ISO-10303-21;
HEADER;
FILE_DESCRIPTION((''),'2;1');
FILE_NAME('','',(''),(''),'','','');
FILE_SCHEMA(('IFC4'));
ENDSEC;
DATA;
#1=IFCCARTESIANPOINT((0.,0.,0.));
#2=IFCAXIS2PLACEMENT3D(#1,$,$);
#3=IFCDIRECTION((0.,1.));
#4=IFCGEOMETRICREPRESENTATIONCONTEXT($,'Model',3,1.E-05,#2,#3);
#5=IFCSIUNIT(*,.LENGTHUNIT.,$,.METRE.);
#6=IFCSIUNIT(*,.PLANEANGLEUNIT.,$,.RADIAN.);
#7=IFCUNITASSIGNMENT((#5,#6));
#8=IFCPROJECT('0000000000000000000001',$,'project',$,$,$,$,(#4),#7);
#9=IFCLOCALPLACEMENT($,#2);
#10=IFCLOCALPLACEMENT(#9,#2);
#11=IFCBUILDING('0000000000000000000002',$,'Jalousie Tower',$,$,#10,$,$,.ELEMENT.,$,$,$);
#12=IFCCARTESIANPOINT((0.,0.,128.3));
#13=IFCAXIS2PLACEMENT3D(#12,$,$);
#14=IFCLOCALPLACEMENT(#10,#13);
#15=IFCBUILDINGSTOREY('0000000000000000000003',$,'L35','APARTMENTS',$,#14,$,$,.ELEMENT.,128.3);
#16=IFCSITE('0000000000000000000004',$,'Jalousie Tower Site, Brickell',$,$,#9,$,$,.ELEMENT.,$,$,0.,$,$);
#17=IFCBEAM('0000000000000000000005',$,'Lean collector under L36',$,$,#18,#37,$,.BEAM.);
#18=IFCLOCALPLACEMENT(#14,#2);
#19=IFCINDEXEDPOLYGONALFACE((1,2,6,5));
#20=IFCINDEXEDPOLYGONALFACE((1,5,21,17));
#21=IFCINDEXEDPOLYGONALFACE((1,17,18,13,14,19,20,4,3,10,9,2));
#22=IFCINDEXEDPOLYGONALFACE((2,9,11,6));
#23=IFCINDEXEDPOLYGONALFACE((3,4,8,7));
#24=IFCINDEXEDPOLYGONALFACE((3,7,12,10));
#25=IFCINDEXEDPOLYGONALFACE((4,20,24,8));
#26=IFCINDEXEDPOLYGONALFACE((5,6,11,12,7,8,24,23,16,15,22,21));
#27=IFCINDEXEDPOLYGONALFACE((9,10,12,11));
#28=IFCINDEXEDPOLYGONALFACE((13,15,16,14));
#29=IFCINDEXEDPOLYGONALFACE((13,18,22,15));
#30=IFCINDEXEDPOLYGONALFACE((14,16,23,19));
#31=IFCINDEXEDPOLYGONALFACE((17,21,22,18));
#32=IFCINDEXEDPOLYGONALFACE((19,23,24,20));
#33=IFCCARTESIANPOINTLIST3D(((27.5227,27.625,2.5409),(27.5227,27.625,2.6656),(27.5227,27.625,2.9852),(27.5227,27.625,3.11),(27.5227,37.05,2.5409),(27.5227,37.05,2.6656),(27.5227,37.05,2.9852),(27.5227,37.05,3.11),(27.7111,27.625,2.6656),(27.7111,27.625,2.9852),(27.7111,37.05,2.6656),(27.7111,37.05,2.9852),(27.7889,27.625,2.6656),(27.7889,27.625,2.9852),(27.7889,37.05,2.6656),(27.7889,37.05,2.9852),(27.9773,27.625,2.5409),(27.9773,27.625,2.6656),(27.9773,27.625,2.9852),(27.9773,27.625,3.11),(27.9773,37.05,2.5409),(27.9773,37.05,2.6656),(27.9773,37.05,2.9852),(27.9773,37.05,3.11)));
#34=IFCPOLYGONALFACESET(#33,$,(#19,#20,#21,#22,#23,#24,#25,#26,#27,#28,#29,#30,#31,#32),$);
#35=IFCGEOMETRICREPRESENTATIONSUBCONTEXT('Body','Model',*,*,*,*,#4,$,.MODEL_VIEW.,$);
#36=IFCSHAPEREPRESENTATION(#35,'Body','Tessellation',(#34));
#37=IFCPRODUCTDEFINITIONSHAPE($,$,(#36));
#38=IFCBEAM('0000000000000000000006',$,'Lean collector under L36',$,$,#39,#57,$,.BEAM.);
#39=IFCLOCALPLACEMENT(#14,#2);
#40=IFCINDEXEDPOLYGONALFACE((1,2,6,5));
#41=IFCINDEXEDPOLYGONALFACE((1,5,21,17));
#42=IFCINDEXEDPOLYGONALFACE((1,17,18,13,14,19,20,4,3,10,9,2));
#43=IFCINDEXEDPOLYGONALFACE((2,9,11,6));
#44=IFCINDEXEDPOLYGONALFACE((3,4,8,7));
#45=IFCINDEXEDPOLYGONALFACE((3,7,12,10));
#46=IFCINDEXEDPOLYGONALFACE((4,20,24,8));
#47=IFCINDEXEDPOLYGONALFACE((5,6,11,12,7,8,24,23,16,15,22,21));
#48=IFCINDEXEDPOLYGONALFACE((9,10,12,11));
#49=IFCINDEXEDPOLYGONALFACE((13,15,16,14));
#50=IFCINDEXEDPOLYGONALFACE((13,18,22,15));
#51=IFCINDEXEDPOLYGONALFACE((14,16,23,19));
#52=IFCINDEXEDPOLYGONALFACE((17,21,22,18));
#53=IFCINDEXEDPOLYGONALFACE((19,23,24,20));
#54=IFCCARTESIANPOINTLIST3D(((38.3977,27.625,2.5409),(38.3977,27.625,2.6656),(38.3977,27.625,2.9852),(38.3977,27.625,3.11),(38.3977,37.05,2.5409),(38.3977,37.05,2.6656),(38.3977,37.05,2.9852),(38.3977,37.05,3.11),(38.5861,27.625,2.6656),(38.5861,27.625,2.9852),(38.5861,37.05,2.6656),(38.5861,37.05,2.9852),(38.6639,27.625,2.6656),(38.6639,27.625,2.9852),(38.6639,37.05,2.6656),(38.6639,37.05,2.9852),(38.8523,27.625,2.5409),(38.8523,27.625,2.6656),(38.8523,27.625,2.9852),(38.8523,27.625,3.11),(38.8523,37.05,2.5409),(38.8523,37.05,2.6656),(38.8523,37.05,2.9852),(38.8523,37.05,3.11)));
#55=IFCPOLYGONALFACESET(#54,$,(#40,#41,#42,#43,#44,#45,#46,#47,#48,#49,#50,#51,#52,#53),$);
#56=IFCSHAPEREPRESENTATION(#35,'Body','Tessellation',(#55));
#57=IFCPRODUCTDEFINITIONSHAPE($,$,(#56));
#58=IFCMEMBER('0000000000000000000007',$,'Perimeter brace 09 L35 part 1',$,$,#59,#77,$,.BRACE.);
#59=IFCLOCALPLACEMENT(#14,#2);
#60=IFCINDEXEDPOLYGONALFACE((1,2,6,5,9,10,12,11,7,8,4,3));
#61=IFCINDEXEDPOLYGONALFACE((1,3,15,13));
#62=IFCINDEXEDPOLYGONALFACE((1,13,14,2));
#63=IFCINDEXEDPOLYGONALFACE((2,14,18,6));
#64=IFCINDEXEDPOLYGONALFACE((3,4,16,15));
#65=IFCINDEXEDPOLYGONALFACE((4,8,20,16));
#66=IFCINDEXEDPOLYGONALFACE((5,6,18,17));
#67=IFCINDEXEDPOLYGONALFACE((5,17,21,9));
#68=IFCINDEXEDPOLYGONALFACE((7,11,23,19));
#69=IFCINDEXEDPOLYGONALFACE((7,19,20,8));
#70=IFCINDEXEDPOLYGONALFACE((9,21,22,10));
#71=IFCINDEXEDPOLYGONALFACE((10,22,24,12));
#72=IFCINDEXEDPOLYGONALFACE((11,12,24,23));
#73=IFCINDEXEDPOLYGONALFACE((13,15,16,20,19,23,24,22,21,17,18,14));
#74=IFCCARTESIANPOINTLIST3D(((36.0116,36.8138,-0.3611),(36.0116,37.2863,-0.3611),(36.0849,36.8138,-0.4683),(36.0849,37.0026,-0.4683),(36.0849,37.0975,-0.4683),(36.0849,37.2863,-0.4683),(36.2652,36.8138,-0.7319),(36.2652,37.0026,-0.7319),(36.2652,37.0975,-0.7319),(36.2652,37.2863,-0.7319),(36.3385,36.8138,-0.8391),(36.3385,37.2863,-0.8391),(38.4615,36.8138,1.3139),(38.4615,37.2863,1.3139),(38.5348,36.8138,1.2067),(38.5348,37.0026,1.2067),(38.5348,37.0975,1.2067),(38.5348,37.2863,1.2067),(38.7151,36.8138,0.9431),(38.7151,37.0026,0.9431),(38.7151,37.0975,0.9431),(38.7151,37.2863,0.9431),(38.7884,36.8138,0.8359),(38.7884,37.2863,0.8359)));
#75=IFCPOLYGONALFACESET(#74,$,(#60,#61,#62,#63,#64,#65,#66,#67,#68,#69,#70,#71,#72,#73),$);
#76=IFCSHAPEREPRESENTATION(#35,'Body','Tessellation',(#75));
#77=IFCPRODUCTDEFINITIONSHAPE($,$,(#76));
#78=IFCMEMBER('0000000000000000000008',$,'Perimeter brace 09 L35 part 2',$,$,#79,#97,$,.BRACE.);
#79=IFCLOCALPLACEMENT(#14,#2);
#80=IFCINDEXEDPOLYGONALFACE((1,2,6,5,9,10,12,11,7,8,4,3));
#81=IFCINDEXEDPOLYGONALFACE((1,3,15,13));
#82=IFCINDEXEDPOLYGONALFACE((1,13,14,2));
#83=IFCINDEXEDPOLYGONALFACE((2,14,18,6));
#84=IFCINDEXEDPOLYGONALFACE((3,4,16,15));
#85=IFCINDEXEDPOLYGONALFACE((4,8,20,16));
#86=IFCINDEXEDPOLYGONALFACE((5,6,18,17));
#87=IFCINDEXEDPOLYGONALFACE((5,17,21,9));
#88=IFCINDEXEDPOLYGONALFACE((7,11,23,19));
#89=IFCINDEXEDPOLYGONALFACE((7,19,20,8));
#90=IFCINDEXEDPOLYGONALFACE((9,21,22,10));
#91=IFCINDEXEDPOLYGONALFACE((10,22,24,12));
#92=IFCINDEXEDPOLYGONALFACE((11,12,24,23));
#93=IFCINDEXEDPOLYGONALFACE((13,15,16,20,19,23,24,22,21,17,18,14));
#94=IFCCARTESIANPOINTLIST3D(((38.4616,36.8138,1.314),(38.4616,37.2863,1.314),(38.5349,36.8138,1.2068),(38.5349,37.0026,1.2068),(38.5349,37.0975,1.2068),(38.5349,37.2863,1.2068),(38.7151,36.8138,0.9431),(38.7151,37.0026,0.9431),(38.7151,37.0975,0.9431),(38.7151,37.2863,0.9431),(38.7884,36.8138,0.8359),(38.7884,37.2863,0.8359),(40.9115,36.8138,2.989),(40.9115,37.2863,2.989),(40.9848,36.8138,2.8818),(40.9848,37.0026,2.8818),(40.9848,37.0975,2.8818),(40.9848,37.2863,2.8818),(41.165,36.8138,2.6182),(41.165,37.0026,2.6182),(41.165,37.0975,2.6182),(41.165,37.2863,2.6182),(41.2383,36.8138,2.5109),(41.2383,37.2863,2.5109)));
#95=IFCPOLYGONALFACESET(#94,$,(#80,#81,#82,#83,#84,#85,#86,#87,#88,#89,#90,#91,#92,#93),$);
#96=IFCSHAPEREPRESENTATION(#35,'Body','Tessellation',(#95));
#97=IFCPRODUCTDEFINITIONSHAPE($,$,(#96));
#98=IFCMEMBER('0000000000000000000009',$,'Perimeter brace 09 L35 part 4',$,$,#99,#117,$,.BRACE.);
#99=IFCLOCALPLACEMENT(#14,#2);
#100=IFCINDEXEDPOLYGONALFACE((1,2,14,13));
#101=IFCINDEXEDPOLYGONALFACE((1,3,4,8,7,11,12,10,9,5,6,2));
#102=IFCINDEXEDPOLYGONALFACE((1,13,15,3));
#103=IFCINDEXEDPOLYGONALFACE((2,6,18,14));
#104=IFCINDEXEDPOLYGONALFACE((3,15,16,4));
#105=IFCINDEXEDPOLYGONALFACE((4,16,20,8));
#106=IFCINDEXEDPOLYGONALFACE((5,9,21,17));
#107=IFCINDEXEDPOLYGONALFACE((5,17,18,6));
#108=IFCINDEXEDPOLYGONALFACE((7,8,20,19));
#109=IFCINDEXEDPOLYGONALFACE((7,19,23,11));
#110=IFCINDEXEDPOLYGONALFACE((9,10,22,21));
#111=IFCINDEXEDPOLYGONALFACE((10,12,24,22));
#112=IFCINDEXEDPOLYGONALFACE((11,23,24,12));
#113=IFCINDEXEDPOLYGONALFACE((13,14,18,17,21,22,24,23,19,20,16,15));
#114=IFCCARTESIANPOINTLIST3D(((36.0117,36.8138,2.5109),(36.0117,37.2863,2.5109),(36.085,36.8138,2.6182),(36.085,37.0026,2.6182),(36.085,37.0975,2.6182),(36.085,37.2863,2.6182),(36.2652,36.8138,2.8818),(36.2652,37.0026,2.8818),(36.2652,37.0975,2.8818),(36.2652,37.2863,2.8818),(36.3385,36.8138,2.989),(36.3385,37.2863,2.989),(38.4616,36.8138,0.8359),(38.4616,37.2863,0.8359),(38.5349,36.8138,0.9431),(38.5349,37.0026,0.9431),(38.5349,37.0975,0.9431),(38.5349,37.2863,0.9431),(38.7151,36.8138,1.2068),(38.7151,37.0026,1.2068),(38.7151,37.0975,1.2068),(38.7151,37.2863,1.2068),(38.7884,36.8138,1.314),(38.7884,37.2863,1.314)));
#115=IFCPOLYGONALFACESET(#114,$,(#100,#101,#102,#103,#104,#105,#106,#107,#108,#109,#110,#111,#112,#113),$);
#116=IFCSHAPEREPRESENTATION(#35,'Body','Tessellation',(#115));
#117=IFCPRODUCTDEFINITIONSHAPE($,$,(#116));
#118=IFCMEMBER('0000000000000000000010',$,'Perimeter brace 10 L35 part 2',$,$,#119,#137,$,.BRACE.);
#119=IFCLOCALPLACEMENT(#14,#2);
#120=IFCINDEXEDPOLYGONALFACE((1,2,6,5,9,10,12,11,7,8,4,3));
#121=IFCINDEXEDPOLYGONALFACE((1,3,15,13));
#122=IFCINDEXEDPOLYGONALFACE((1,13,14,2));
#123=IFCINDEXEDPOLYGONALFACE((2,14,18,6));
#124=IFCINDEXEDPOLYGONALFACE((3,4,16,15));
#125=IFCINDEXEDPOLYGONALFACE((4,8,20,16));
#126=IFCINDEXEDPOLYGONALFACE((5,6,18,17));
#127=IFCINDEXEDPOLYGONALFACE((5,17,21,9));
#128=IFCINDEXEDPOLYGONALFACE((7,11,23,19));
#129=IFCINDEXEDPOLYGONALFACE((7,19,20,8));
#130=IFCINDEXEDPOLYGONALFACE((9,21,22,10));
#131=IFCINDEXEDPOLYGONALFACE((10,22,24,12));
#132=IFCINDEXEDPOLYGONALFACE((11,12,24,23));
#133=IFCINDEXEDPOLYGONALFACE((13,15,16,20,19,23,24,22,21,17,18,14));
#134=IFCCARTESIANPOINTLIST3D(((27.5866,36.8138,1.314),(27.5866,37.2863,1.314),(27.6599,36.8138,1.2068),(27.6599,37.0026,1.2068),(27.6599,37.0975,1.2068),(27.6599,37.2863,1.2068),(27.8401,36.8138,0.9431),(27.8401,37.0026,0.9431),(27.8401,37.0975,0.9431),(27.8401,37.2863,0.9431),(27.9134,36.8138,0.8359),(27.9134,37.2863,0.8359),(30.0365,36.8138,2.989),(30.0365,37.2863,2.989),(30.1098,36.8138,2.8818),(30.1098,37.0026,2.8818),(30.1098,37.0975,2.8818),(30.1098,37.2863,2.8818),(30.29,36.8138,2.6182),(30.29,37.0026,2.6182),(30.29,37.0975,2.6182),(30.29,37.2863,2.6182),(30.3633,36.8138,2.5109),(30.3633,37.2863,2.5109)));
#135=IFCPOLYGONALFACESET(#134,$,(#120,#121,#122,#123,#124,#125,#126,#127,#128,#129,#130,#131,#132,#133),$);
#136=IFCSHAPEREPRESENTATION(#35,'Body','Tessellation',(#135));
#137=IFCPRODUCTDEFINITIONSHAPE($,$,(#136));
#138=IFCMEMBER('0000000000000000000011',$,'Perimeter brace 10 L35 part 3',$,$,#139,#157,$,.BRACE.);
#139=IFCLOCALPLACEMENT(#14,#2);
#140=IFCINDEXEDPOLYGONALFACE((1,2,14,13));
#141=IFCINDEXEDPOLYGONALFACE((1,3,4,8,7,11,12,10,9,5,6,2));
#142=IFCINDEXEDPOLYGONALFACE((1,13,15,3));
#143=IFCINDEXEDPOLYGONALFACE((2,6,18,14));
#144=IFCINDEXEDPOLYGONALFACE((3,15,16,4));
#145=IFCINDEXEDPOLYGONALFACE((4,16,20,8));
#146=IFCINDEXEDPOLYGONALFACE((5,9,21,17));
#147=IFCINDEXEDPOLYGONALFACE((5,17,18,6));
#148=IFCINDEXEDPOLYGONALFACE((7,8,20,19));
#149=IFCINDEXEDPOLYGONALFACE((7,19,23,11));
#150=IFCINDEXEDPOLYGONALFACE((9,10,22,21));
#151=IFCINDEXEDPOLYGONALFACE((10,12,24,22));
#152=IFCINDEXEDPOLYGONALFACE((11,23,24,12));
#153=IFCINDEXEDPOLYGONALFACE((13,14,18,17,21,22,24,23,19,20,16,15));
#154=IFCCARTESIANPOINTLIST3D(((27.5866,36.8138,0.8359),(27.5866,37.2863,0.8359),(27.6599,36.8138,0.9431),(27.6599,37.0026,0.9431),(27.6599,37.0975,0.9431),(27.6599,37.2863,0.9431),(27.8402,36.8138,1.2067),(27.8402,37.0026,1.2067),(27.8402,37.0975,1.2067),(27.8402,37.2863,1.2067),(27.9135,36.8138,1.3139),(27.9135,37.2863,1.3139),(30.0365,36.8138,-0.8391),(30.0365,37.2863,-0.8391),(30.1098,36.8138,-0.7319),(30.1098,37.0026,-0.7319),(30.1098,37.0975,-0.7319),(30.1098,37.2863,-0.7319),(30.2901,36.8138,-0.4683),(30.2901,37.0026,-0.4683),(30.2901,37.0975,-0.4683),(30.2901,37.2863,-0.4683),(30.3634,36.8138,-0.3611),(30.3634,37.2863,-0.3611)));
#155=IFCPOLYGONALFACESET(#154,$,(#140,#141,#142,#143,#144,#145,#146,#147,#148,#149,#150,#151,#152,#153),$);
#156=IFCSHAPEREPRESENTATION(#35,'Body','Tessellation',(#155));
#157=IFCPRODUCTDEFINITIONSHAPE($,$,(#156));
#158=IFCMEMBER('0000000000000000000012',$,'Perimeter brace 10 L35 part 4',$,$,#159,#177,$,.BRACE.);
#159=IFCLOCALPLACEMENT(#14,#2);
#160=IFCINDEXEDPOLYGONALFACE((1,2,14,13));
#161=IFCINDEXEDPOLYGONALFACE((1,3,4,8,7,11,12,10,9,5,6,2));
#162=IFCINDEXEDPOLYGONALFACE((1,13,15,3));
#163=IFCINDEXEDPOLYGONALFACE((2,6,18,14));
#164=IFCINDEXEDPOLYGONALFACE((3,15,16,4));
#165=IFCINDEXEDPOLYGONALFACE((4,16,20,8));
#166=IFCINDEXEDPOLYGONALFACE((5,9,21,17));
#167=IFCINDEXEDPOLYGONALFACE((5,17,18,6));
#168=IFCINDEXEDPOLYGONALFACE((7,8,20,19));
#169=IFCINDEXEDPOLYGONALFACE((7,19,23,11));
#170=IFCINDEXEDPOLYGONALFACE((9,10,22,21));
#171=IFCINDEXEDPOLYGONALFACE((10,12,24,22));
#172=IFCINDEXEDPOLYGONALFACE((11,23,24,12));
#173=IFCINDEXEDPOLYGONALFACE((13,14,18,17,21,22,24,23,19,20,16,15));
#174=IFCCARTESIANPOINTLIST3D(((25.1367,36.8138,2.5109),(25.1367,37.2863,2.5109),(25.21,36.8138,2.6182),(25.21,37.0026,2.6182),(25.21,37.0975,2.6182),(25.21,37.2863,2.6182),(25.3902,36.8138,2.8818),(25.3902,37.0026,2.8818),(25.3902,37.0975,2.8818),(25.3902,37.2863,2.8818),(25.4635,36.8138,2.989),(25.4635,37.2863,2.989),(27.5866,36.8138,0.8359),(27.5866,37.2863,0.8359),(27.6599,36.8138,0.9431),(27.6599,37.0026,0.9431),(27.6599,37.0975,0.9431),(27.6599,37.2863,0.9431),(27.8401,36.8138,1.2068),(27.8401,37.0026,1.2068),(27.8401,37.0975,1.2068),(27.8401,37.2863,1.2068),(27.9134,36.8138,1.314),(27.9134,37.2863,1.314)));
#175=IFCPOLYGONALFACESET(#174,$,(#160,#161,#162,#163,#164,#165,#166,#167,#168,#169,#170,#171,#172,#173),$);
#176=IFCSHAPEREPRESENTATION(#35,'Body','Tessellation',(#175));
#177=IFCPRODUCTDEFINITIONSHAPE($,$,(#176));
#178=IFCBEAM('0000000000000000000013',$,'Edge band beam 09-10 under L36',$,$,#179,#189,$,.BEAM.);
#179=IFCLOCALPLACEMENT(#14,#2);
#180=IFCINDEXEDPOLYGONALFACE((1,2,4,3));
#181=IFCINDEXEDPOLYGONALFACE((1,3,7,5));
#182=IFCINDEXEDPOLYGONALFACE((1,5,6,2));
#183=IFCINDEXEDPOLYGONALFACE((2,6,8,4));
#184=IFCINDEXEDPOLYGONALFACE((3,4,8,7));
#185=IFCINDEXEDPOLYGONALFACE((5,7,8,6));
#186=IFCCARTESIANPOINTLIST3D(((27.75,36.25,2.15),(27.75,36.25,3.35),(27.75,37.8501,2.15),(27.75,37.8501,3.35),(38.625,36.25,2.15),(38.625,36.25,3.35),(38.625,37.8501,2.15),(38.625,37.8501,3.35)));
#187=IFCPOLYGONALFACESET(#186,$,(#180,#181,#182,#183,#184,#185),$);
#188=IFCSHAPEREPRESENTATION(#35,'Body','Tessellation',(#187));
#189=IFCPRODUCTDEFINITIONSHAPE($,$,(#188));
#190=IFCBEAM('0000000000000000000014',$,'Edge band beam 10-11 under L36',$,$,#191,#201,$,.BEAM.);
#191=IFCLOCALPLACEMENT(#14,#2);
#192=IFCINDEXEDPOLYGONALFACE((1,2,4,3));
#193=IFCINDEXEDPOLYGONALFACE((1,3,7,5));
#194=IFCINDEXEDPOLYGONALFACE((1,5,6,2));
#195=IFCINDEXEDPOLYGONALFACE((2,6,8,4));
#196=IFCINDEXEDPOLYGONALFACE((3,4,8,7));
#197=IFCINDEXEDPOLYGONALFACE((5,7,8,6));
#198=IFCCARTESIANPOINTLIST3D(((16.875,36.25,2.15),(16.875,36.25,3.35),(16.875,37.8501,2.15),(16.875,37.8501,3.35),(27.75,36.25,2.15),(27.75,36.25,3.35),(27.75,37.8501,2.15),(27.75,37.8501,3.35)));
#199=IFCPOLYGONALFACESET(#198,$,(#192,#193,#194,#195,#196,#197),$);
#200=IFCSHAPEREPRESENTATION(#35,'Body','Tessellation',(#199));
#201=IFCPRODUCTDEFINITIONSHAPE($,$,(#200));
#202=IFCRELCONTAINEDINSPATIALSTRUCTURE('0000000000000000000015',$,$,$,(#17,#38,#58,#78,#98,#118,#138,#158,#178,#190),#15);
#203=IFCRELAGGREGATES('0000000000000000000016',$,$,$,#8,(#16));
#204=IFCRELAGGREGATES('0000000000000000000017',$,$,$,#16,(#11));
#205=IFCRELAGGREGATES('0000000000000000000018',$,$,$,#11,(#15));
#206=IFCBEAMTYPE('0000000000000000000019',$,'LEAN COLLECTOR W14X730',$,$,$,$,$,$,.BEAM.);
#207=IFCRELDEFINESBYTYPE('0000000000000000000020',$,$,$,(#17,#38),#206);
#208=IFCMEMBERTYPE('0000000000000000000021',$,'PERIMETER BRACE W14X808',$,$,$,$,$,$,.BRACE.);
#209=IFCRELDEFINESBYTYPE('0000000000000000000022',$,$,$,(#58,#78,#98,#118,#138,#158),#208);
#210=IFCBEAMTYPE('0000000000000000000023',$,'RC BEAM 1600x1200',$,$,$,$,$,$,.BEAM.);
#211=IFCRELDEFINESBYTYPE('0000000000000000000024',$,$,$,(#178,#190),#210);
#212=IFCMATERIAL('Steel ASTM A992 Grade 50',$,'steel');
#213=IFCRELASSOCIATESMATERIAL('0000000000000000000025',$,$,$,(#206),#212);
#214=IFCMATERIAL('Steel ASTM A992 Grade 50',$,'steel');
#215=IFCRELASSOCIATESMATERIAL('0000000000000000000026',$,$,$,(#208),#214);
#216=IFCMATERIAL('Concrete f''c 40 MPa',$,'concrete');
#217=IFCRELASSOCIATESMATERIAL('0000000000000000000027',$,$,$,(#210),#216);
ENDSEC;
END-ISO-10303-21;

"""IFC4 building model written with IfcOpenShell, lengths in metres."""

from ifc_helpers import new_model, si_unit, direction, frame, origin, origin_2d, place, context, subcontext, project, spatial, rectangle, i_section, extrude, material, material_profile, profile_set, type_object, element, save


model = new_model("IFC4")

# Units and contexts
model_context = context("Model", 3, precision=1e-05, world=origin(), true_north=direction((0.0, 1.0)))
body_context = subcontext(model_context, "Body", "Model", "MODEL_VIEW")
ifc_project = project(units=[si_unit("LENGTHUNIT", "METRE"), si_unit("PLANEANGLEUNIT", "RADIAN")], contexts=[model_context])

# Site, building, storey
site_placement = place(None, origin())
site = spatial("IfcSite", under=ifc_project, at=site_placement, Name="Jalousie Tower Site, Brickell", CompositionType="ELEMENT", RefElevation=0.0)
building_placement = place(site_placement, origin())
building = spatial("IfcBuilding", under=site, at=building_placement, Name="Jalousie Tower", CompositionType="ELEMENT")
storey_placement = place(building_placement, frame((0.0, 0.0, 128.3)))
storey = spatial("IfcBuildingStorey", under=building, at=storey_placement, Name="L35", Description="APARTMENTS", CompositionType="ELEMENT", Elevation=128.3)

# Beams
ifc_material_1 = material(Name="Steel ASTM A992 Grade 50", Category="steel")
ifc_material_profile_1 = material_profile(ifc_material_1, i_section(OverallWidth=0.4546, OverallDepth=0.5691, WebThickness=0.0779, FlangeThickness=0.1248, at=origin_2d()), Name="W14X730")
ifc_profile_set_1 = profile_set([ifc_material_profile_1], Name="Steel ASTM A992 Grade 50")
beam_type_1 = type_object("IfcBeamType", Name="LEAN COLLECTOR W14X730", PredefinedType="BEAM", material=ifc_profile_set_1)
for number, where, z_axis, x_axis, name in (
    (1, (27.75, 37.05, 2.8254), (0.0, -1.0, 0.0), (1.0, 0.0, 0.0), "Lean collector under L36"),
    (2, (38.625, 37.05, 2.8254), (0.0, -1.0, 0.0), (1.0, 0.0, 0.0), "Lean collector under L36"),
):
    element("IfcBeam", number, at=place(storey_placement, frame(where, z_axis=z_axis, x_axis=x_axis)), inside=storey, type_object=beam_type_1, Name=name, PredefinedType="BEAM", context=body_context, shape_type="SweptSolid", body=[
        extrude(i_section(OverallWidth=0.4546, OverallDepth=0.5691, WebThickness=0.0779, FlangeThickness=0.1248, at=origin_2d()), origin(), (0.0, 0.0, 1.0), 9.425),
    ])

# Members
ifc_material_2 = material(Name="Steel ASTM A992 Grade 50", Category="steel")
ifc_material_profile_2 = material_profile(ifc_material_2, i_section(OverallWidth=0.4724, OverallDepth=0.5791, WebThickness=0.095, FlangeThickness=0.1299, at=origin_2d()), Name="W14X808")
ifc_profile_set_2 = profile_set([ifc_material_profile_2], Name="Steel ASTM A992 Grade 50")
member_type_1 = type_object("IfcMemberType", Name="PERIMETER BRACE W14X808", PredefinedType="BRACE", material=ifc_profile_set_2)
for number, where, z_axis, x_axis, name in (
    (3, (36.175, 37.05, -0.6001), (0.825501, 0.0, 0.564401), (0.0, 1.0, 0.0), "Perimeter brace 09 L35 part 1"),
    (4, (38.625, 37.05, 1.075), (0.825501, 0.0, 0.564401), (0.0, 1.0, 0.0), "Perimeter brace 09 L35 part 2"),
    (5, (38.625, 37.05, 1.075), (-0.825501, 0.0, 0.564401), (0.0, -1.0, 0.0), "Perimeter brace 09 L35 part 4"),
    (6, (27.75, 37.05, 1.075), (0.825501, 0.0, 0.564401), (0.0, 1.0, 0.0), "Perimeter brace 10 L35 part 2"),
    (7, (30.2, 37.05, -0.6001), (-0.825501, 0.0, 0.564401), (0.0, -1.0, 0.0), "Perimeter brace 10 L35 part 3"),
    (8, (27.75, 37.05, 1.075), (-0.825501, 0.0, 0.564401), (0.0, -1.0, 0.0), "Perimeter brace 10 L35 part 4"),
):
    element("IfcMember", number, at=place(storey_placement, frame(where, z_axis=z_axis, x_axis=x_axis)), inside=storey, type_object=member_type_1, Name=name, PredefinedType="BRACE", context=body_context, shape_type="SweptSolid", body=[
        extrude(i_section(OverallWidth=0.4724, OverallDepth=0.5791, WebThickness=0.095, FlangeThickness=0.1299, at=origin_2d()), origin(), (0.0, 0.0, 1.0), 2.9678),
    ])

# Beams
ifc_material_3 = material(Name="Concrete f'c 40 MPa", Category="concrete")
ifc_material_profile_3 = material_profile(ifc_material_3, rectangle(XDim=1.6001, YDim=1.2, at=origin_2d()), Name="RC 1600x1200")
ifc_profile_set_3 = profile_set([ifc_material_profile_3], Name="Concrete f'c 40 MPa")
beam_type_2 = type_object("IfcBeamType", Name="RC BEAM 1600x1200", PredefinedType="BEAM", material=ifc_profile_set_3)
for number, where, z_axis, x_axis, name in (
    (9, (38.625, 37.05, 2.75), (-1.0, 0.0, 0.0), (0.0, -1.0, 0.0), "Edge band beam 09-10 under L36"),
    (10, (27.75, 37.05, 2.75), (-1.0, 0.0, 0.0), (0.0, -1.0, 0.0), "Edge band beam 10-11 under L36"),
):
    element("IfcBeam", number, at=place(storey_placement, frame(where, z_axis=z_axis, x_axis=x_axis)), inside=storey, type_object=beam_type_2, Name=name, PredefinedType="BEAM", context=body_context, shape_type="SweptSolid", body=[
        extrude(rectangle(XDim=1.6001, YDim=1.2, at=origin_2d()), origin(), (0.0, 0.0, 1.0), 10.875),
    ])

save(model, "model.ifc")
